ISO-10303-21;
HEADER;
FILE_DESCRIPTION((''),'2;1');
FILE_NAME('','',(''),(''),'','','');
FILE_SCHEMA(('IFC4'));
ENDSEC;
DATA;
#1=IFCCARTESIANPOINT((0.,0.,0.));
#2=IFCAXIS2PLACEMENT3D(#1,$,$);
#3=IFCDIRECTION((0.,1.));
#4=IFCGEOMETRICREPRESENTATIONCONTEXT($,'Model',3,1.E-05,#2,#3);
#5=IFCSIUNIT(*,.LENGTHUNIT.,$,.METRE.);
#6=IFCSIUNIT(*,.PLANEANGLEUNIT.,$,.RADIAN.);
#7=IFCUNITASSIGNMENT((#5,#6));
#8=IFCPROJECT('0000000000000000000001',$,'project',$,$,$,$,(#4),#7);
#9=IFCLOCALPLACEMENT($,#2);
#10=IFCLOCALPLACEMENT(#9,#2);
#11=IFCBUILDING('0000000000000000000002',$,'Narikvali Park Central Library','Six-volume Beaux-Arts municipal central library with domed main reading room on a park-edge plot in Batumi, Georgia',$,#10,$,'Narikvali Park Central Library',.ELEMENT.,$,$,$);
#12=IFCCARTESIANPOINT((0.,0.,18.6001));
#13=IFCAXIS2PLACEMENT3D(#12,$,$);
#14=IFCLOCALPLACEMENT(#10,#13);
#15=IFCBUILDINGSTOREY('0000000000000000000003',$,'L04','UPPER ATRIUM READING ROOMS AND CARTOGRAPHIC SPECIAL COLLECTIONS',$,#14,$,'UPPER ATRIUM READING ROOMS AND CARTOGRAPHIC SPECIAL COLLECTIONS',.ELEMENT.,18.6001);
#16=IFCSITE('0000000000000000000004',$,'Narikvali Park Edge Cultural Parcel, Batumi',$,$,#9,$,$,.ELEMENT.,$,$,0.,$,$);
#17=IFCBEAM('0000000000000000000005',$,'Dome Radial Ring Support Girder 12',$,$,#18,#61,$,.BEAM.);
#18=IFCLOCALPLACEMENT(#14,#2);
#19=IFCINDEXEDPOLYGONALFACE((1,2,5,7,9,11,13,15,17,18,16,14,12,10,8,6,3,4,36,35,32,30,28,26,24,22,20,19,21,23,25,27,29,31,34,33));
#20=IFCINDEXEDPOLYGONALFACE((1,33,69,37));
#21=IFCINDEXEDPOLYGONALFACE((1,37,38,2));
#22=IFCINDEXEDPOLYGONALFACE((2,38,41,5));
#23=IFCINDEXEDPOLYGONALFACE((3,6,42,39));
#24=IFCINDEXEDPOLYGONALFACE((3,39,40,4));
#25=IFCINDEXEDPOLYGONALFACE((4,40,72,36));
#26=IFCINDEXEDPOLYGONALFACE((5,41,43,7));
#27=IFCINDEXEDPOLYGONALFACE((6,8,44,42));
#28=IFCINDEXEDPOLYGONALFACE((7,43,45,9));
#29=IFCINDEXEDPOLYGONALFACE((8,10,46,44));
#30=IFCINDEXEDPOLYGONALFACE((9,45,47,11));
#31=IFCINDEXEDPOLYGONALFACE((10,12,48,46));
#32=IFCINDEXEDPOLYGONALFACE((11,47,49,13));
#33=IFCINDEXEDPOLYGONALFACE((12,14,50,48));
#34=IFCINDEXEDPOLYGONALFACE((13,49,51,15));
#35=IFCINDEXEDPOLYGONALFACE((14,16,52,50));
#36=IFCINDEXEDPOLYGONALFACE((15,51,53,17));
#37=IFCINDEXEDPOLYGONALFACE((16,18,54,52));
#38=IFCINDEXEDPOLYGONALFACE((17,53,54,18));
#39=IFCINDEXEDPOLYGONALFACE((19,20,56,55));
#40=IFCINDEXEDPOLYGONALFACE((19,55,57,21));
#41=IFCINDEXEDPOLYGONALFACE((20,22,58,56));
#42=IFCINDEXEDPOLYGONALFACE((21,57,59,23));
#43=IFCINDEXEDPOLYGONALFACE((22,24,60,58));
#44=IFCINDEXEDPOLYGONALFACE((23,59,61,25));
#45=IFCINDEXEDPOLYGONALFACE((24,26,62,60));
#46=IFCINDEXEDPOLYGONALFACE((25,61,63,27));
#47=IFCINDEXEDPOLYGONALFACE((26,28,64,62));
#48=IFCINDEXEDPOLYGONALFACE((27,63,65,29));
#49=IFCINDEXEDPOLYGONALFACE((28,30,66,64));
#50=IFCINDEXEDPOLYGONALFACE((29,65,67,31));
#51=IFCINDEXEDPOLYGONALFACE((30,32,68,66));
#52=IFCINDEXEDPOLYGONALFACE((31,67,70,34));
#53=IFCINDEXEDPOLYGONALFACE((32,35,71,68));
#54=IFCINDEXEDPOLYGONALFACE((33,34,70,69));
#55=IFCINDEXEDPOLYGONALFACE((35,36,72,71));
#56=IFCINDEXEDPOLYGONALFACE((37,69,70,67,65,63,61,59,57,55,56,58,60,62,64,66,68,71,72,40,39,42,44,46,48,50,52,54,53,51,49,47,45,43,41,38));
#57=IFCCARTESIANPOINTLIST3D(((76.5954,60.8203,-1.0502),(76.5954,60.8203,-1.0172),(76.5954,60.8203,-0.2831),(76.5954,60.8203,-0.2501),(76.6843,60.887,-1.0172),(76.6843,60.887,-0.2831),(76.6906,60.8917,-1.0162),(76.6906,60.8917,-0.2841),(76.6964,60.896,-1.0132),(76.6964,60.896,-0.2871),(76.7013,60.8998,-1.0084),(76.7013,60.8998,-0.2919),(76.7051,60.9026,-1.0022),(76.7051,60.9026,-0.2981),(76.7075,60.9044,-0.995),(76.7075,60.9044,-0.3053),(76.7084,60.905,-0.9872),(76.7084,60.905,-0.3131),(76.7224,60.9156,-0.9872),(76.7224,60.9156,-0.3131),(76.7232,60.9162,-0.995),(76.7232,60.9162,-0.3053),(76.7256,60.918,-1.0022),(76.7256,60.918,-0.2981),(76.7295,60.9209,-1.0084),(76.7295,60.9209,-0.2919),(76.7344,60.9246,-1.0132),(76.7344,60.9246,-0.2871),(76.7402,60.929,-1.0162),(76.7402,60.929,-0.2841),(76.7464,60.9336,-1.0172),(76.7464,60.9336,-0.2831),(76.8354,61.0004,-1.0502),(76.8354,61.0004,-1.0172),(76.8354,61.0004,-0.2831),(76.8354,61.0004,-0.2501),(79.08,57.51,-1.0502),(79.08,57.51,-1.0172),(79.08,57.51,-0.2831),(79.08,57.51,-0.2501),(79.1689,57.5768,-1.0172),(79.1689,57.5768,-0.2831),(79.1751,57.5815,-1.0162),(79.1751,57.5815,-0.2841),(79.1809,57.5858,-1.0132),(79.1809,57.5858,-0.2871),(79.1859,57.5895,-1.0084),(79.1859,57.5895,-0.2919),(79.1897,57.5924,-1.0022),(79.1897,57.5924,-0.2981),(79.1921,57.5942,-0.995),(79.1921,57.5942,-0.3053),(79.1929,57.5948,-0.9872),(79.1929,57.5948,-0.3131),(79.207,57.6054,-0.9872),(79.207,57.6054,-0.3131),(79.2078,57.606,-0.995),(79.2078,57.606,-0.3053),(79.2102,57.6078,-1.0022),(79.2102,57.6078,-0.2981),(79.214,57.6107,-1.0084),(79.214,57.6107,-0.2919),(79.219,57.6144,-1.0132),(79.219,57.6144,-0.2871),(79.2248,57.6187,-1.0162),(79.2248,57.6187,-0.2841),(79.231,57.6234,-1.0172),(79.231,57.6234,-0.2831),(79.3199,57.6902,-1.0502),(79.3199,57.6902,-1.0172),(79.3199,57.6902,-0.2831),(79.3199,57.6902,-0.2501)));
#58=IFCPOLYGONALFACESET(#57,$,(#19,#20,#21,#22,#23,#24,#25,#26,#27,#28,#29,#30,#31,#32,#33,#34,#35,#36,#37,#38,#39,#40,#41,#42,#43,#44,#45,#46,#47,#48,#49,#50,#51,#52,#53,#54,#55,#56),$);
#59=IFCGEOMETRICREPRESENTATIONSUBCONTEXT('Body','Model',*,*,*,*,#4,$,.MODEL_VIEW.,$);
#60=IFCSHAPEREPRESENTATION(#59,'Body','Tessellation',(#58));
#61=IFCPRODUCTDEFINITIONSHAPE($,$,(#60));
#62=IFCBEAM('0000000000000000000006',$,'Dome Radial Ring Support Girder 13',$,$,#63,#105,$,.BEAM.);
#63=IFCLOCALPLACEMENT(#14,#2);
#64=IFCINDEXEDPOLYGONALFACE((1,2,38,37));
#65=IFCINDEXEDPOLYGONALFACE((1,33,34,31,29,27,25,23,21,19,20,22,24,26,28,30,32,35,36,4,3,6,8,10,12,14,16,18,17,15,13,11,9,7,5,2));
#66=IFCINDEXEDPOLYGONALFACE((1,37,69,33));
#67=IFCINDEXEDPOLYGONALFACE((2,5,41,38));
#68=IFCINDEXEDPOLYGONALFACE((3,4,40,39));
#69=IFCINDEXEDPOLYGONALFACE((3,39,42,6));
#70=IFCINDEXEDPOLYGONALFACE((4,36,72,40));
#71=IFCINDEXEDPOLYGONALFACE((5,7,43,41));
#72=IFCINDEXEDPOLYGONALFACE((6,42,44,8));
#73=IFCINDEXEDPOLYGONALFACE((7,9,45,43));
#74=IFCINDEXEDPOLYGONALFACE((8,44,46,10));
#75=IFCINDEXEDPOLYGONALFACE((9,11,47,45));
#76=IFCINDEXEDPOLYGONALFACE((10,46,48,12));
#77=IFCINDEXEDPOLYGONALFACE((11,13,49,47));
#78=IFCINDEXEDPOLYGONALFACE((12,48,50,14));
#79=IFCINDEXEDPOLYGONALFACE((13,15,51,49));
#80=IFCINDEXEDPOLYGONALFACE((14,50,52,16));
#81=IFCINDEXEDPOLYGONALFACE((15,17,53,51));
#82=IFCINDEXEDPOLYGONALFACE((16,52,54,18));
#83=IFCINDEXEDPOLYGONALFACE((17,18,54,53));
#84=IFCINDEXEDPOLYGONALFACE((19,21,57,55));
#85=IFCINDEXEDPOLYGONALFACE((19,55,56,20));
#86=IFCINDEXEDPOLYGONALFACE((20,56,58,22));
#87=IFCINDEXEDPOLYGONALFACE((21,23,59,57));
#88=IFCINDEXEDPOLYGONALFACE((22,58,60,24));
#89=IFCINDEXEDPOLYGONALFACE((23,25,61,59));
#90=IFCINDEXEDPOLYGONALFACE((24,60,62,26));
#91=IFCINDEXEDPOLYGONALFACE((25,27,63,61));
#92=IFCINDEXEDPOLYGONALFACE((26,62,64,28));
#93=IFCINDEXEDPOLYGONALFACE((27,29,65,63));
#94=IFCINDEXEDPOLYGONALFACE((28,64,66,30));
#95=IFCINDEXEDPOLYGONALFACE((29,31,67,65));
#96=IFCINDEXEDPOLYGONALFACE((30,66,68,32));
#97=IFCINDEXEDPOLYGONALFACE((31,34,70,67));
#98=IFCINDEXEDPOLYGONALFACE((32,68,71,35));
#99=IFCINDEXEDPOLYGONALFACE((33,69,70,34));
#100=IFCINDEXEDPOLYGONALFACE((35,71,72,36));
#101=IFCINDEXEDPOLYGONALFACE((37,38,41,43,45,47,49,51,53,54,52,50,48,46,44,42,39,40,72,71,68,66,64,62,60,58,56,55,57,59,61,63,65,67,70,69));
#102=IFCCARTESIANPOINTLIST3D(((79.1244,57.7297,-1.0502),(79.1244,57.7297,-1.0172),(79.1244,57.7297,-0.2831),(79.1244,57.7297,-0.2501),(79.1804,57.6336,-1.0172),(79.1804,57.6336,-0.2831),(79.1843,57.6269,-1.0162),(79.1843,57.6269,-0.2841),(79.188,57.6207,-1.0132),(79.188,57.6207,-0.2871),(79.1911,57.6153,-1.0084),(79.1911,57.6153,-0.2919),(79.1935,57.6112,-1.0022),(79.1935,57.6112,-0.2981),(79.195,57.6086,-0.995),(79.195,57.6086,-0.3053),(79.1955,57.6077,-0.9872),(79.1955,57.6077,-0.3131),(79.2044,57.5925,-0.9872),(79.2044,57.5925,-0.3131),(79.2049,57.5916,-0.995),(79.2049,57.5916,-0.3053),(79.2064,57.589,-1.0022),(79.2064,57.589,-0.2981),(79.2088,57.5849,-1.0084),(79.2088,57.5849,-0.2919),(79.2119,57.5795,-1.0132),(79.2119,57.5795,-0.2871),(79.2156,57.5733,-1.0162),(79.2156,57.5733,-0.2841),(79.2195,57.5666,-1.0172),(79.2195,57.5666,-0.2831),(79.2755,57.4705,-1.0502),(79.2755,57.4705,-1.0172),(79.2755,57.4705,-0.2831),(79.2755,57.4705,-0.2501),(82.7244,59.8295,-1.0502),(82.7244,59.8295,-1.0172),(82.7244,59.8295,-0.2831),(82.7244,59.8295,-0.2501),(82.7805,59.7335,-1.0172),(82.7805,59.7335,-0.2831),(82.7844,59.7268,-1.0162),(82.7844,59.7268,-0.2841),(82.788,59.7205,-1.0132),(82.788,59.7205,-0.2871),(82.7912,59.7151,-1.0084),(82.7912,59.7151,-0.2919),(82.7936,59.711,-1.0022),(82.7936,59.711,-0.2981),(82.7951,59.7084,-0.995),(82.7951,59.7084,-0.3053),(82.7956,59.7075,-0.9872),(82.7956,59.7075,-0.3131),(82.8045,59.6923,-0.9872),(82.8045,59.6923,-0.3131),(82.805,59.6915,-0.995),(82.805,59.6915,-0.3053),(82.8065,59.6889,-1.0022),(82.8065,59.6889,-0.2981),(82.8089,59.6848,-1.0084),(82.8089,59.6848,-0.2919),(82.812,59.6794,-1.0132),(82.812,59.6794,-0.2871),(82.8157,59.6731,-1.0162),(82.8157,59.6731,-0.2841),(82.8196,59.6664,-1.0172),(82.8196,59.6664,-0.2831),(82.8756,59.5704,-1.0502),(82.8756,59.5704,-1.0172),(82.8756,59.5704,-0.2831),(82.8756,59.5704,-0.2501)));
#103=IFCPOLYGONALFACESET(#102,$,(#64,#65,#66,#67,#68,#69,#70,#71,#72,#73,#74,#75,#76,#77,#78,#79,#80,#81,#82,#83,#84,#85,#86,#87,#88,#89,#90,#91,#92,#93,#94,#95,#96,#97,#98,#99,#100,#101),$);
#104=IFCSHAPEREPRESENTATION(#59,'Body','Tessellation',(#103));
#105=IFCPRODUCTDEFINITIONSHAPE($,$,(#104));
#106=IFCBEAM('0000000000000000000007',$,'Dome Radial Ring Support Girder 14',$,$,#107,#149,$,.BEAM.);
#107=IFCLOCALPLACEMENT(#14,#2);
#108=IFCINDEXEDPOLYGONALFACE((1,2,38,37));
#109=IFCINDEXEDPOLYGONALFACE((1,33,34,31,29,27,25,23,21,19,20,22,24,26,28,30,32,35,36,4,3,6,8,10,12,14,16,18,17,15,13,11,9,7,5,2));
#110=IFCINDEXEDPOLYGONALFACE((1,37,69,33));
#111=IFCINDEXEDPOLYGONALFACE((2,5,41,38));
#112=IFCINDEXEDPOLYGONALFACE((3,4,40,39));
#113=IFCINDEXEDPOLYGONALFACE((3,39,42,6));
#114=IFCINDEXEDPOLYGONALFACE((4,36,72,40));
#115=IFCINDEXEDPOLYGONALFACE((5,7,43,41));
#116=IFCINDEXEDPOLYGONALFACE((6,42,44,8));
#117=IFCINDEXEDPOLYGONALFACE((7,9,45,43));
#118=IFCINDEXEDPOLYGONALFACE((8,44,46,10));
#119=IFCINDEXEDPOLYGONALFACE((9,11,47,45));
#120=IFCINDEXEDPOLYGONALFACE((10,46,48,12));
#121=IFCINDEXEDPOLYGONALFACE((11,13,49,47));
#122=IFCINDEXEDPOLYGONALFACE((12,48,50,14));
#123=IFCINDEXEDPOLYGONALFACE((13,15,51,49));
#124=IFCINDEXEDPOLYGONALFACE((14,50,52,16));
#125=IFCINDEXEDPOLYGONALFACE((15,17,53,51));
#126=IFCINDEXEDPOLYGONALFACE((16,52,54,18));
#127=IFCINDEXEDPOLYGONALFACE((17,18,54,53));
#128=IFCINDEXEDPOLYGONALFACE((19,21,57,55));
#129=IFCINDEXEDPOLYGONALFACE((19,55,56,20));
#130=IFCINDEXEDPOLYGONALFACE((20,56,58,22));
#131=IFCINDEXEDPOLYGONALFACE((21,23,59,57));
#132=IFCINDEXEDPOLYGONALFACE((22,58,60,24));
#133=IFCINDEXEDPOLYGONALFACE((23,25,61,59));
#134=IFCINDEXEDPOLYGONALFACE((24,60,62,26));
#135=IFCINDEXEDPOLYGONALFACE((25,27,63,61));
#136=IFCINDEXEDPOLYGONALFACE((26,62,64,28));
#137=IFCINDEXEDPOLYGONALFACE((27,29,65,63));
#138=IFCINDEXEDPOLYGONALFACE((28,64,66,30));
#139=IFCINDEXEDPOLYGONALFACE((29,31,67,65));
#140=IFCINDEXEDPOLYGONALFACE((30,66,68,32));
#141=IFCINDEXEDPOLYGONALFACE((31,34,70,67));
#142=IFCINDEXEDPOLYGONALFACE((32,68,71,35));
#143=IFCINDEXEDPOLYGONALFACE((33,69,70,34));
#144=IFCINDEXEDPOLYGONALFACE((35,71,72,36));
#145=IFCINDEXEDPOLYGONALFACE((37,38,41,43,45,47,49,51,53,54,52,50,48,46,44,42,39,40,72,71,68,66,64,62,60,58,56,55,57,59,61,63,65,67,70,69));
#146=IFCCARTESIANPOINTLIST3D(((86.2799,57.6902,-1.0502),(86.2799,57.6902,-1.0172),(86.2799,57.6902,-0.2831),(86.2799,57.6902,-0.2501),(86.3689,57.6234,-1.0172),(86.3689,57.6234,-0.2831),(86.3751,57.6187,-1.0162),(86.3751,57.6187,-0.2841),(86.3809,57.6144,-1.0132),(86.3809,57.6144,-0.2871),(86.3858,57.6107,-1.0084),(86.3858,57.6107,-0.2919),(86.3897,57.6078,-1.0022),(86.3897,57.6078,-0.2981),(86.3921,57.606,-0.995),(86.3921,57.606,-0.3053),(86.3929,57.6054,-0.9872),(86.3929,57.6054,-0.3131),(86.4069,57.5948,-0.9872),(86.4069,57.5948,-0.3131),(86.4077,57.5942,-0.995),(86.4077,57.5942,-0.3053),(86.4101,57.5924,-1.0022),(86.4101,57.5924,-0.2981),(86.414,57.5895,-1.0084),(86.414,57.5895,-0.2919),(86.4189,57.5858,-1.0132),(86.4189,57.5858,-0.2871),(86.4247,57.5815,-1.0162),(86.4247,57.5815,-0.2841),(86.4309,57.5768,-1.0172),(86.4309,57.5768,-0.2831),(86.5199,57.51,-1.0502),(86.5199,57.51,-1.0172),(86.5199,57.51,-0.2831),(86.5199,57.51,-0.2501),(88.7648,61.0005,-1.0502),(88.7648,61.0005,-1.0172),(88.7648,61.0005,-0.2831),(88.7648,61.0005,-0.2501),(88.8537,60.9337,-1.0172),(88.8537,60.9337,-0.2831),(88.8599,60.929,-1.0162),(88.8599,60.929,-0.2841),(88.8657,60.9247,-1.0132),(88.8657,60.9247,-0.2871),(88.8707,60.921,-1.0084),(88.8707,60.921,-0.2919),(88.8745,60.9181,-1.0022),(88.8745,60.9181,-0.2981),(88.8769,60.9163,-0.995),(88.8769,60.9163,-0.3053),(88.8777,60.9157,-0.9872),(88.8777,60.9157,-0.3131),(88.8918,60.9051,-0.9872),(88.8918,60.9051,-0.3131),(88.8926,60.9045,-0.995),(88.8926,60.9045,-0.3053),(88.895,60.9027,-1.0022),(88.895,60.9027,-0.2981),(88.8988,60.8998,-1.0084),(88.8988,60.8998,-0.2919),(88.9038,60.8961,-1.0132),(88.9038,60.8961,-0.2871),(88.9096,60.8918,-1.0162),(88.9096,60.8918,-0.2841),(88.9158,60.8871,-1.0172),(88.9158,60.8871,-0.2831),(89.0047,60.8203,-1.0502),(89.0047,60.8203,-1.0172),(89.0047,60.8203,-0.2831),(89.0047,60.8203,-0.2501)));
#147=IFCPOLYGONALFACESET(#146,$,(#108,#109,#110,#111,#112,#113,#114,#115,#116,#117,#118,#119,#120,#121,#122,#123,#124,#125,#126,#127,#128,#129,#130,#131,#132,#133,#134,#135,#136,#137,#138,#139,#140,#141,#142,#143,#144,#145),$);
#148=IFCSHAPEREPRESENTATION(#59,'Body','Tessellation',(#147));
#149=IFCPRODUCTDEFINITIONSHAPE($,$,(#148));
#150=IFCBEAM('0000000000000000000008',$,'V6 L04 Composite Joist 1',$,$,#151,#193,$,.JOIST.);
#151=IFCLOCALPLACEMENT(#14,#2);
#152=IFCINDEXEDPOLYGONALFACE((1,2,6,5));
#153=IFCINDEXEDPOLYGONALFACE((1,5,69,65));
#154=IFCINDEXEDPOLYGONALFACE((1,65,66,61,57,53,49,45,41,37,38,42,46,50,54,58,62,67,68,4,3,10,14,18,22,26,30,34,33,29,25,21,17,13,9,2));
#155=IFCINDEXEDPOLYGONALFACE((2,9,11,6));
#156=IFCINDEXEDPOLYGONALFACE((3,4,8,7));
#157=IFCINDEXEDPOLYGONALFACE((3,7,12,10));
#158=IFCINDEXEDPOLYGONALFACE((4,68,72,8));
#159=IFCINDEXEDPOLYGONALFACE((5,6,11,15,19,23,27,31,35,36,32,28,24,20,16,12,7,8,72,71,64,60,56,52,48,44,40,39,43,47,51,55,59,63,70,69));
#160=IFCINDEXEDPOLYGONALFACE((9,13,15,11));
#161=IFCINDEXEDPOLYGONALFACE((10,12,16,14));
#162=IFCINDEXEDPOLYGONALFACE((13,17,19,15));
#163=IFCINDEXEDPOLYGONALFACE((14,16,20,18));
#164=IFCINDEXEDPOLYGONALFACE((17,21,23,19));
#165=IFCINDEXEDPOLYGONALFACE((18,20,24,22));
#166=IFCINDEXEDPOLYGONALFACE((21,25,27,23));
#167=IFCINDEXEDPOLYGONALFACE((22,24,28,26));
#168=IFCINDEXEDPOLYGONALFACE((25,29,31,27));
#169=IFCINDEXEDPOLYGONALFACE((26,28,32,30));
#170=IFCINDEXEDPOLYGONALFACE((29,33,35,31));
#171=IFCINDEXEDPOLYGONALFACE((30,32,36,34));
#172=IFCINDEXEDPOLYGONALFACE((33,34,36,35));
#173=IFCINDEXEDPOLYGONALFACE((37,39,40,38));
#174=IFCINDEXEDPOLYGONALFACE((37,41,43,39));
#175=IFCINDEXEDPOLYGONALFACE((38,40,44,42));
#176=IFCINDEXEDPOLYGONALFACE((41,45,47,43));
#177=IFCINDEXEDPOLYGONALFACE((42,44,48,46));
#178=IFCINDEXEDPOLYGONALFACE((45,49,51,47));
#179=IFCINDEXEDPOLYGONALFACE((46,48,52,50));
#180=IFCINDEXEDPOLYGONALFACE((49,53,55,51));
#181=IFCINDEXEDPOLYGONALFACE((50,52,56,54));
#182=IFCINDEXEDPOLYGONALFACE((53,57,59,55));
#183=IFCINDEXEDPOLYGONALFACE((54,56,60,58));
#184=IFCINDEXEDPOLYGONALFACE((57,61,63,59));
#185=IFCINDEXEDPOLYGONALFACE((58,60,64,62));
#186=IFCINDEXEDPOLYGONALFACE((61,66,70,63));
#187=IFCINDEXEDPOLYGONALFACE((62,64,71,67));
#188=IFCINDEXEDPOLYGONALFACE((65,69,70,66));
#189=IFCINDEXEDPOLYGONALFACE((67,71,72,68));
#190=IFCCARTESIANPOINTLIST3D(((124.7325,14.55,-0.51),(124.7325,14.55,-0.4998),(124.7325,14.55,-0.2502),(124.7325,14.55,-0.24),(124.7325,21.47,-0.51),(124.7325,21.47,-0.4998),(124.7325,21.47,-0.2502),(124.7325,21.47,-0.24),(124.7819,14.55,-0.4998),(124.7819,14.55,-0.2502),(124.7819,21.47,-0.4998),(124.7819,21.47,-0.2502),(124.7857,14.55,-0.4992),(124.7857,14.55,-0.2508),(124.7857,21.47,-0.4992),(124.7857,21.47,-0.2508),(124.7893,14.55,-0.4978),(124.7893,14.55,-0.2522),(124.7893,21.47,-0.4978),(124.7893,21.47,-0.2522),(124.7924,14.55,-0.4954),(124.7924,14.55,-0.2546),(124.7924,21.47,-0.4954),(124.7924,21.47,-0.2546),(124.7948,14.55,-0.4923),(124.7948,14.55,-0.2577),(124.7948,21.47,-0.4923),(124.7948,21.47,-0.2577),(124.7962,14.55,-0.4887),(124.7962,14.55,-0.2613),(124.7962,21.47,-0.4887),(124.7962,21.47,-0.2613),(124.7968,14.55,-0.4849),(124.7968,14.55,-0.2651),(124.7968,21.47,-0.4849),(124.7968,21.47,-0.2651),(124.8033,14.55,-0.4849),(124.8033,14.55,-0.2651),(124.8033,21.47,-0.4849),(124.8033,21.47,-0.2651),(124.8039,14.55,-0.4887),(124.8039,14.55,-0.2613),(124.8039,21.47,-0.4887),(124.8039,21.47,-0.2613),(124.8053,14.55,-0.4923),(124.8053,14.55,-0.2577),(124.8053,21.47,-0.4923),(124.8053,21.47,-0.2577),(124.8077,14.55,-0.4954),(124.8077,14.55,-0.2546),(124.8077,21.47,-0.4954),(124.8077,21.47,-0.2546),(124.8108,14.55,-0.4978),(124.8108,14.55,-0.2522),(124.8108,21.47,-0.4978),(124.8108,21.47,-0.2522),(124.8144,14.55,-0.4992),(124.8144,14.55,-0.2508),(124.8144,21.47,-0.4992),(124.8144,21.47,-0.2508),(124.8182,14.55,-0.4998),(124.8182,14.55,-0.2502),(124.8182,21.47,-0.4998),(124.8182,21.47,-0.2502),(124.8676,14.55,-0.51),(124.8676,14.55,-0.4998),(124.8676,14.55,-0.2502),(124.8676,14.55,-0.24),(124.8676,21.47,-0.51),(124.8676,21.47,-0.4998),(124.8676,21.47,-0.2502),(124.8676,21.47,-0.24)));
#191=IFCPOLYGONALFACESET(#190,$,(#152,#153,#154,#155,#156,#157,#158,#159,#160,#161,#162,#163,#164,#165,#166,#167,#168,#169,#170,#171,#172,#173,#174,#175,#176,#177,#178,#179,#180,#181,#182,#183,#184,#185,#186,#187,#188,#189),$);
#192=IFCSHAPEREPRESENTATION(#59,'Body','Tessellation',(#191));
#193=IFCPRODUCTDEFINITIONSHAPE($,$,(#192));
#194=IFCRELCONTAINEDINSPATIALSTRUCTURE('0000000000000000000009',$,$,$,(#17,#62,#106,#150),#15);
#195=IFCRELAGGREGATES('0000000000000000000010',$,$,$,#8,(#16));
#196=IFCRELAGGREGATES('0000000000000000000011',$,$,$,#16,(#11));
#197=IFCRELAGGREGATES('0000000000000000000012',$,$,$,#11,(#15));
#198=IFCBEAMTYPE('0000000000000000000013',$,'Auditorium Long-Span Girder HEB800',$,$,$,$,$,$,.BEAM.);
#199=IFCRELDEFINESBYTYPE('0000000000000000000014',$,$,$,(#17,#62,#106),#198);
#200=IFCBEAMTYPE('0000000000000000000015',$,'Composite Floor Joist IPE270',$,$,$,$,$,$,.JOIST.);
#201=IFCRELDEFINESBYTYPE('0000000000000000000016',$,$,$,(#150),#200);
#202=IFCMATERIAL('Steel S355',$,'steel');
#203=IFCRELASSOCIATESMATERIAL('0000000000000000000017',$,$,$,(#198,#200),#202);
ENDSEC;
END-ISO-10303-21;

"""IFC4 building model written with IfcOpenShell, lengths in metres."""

from ifc_helpers import new_model, si_unit, direction, frame, origin, origin_2d, place, context, subcontext, project, spatial, i_section, extrude, material, material_profile, profile_set, type_object, element, save


model = new_model("IFC4")

# Units and contexts
model_context = context("Model", 3, precision=1e-05, world=origin(), true_north=direction((0.0, 1.0)))
body_context = subcontext(model_context, "Body", "Model", "MODEL_VIEW")
ifc_project = project(units=[si_unit("LENGTHUNIT", "METRE"), si_unit("PLANEANGLEUNIT", "RADIAN")], contexts=[model_context])

# Site, building, storey
site_placement = place(None, origin())
site = spatial("IfcSite", under=ifc_project, at=site_placement, Name="Narikvali Park Edge Cultural Parcel, Batumi", CompositionType="ELEMENT", RefElevation=0.0)
building_placement = place(site_placement, origin())
building = spatial("IfcBuilding", under=site, at=building_placement, Name="Narikvali Park Central Library", Description="Six-volume Beaux-Arts municipal central library with domed main reading room on a park-edge plot in Batumi, Georgia", LongName="Narikvali Park Central Library", CompositionType="ELEMENT")
storey_placement = place(building_placement, frame((0.0, 0.0, 18.6001)))
storey = spatial("IfcBuildingStorey", under=building, at=storey_placement, Name="L04", Description="UPPER ATRIUM READING ROOMS AND CARTOGRAPHIC SPECIAL COLLECTIONS", LongName="UPPER ATRIUM READING ROOMS AND CARTOGRAPHIC SPECIAL COLLECTIONS", CompositionType="ELEMENT", Elevation=18.6001)

# Beams
ifc_material_1 = material(Name="Steel S355", Category="steel")
ifc_material_profile_1 = material_profile(ifc_material_1, i_section(OverallWidth=0.3, OverallDepth=0.8, WebThickness=0.0176, FlangeThickness=0.033, FilletRadius=0.03, at=origin_2d()), Name="HEB 800")
ifc_profile_set_1 = profile_set([ifc_material_profile_1], Name="Steel S355")
beam_type_1 = type_object("IfcBeamType", Name="Auditorium Long-Span Girder HEB800", PredefinedType="BEAM", material=ifc_profile_set_1)
beam_1_placement = place(storey_placement, frame((79.2, 57.6001, -0.6501), z_axis=(-0.600293, 0.799781, 0.0), x_axis=(-0.799781, -0.600293, 0.0)))
element("IfcBeam", 1, at=beam_1_placement, inside=storey, type_object=beam_type_1, Name="Dome Radial Ring Support Girder 12", PredefinedType="BEAM", context=body_context, shape_type="SweptSolid", body=[
    extrude(i_section(OverallWidth=0.3, OverallDepth=0.8, WebThickness=0.0176, FlangeThickness=0.033, FilletRadius=0.03, at=origin_2d()), origin(), (0.0, 0.0, 1.0), 4.1389),
])
beam_2_placement = place(storey_placement, frame((79.2, 57.6001, -0.6501), z_axis=(0.8638, 0.503835, 0.0), x_axis=(-0.503835, 0.8638, 0.0)))
element("IfcBeam", 2, at=beam_2_placement, inside=storey, type_object=beam_type_1, Name="Dome Radial Ring Support Girder 13", PredefinedType="BEAM", context=body_context, shape_type="SweptSolid", body=[
    extrude(i_section(OverallWidth=0.3, OverallDepth=0.8, WebThickness=0.0176, FlangeThickness=0.033, FilletRadius=0.03, at=origin_2d()), origin(), (0.0, 0.0, 1.0), 4.1677),
])
beam_3_placement = place(storey_placement, frame((86.3999, 57.6001, -0.6501), z_axis=(0.60033, 0.799752, 0.0), x_axis=(-0.799752, 0.60033, 0.0)))
element("IfcBeam", 3, at=beam_3_placement, inside=storey, type_object=beam_type_1, Name="Dome Radial Ring Support Girder 14", PredefinedType="BEAM", context=body_context, shape_type="SweptSolid", body=[
    extrude(i_section(OverallWidth=0.3, OverallDepth=0.8, WebThickness=0.0176, FlangeThickness=0.033, FilletRadius=0.03, at=origin_2d()), origin(), (0.0, 0.0, 1.0), 4.1392),
])
ifc_material_profile_2 = material_profile(ifc_material_1, i_section(OverallWidth=0.135, OverallDepth=0.27, WebThickness=0.0066, FlangeThickness=0.0103, FilletRadius=0.0149, at=origin_2d()), Name="IPE 270")
ifc_profile_set_2 = profile_set([ifc_material_profile_2], Name="Steel S355")
beam_type_2 = type_object("IfcBeamType", Name="Composite Floor Joist IPE270", PredefinedType="JOIST", material=ifc_profile_set_2)
for number, where, z_axis, x_axis, name in (
    (4, (124.8, 14.55, -0.375), (0.0, 1.0, 0.0), (-1.0, 0.0, 0.0), "V6 L04 Composite Joist 1"),
):
    element("IfcBeam", number, at=place(storey_placement, frame(where, z_axis=z_axis, x_axis=x_axis)), inside=storey, type_object=beam_type_2, Name=name, PredefinedType="JOIST", context=body_context, shape_type="SweptSolid", body=[
        extrude(i_section(OverallWidth=0.135, OverallDepth=0.27, WebThickness=0.0066, FlangeThickness=0.0103, FilletRadius=0.0149, at=origin_2d()), origin(), (0.0, 0.0, 1.0), 6.9199),
    ])

save(model, "model.ifc")
